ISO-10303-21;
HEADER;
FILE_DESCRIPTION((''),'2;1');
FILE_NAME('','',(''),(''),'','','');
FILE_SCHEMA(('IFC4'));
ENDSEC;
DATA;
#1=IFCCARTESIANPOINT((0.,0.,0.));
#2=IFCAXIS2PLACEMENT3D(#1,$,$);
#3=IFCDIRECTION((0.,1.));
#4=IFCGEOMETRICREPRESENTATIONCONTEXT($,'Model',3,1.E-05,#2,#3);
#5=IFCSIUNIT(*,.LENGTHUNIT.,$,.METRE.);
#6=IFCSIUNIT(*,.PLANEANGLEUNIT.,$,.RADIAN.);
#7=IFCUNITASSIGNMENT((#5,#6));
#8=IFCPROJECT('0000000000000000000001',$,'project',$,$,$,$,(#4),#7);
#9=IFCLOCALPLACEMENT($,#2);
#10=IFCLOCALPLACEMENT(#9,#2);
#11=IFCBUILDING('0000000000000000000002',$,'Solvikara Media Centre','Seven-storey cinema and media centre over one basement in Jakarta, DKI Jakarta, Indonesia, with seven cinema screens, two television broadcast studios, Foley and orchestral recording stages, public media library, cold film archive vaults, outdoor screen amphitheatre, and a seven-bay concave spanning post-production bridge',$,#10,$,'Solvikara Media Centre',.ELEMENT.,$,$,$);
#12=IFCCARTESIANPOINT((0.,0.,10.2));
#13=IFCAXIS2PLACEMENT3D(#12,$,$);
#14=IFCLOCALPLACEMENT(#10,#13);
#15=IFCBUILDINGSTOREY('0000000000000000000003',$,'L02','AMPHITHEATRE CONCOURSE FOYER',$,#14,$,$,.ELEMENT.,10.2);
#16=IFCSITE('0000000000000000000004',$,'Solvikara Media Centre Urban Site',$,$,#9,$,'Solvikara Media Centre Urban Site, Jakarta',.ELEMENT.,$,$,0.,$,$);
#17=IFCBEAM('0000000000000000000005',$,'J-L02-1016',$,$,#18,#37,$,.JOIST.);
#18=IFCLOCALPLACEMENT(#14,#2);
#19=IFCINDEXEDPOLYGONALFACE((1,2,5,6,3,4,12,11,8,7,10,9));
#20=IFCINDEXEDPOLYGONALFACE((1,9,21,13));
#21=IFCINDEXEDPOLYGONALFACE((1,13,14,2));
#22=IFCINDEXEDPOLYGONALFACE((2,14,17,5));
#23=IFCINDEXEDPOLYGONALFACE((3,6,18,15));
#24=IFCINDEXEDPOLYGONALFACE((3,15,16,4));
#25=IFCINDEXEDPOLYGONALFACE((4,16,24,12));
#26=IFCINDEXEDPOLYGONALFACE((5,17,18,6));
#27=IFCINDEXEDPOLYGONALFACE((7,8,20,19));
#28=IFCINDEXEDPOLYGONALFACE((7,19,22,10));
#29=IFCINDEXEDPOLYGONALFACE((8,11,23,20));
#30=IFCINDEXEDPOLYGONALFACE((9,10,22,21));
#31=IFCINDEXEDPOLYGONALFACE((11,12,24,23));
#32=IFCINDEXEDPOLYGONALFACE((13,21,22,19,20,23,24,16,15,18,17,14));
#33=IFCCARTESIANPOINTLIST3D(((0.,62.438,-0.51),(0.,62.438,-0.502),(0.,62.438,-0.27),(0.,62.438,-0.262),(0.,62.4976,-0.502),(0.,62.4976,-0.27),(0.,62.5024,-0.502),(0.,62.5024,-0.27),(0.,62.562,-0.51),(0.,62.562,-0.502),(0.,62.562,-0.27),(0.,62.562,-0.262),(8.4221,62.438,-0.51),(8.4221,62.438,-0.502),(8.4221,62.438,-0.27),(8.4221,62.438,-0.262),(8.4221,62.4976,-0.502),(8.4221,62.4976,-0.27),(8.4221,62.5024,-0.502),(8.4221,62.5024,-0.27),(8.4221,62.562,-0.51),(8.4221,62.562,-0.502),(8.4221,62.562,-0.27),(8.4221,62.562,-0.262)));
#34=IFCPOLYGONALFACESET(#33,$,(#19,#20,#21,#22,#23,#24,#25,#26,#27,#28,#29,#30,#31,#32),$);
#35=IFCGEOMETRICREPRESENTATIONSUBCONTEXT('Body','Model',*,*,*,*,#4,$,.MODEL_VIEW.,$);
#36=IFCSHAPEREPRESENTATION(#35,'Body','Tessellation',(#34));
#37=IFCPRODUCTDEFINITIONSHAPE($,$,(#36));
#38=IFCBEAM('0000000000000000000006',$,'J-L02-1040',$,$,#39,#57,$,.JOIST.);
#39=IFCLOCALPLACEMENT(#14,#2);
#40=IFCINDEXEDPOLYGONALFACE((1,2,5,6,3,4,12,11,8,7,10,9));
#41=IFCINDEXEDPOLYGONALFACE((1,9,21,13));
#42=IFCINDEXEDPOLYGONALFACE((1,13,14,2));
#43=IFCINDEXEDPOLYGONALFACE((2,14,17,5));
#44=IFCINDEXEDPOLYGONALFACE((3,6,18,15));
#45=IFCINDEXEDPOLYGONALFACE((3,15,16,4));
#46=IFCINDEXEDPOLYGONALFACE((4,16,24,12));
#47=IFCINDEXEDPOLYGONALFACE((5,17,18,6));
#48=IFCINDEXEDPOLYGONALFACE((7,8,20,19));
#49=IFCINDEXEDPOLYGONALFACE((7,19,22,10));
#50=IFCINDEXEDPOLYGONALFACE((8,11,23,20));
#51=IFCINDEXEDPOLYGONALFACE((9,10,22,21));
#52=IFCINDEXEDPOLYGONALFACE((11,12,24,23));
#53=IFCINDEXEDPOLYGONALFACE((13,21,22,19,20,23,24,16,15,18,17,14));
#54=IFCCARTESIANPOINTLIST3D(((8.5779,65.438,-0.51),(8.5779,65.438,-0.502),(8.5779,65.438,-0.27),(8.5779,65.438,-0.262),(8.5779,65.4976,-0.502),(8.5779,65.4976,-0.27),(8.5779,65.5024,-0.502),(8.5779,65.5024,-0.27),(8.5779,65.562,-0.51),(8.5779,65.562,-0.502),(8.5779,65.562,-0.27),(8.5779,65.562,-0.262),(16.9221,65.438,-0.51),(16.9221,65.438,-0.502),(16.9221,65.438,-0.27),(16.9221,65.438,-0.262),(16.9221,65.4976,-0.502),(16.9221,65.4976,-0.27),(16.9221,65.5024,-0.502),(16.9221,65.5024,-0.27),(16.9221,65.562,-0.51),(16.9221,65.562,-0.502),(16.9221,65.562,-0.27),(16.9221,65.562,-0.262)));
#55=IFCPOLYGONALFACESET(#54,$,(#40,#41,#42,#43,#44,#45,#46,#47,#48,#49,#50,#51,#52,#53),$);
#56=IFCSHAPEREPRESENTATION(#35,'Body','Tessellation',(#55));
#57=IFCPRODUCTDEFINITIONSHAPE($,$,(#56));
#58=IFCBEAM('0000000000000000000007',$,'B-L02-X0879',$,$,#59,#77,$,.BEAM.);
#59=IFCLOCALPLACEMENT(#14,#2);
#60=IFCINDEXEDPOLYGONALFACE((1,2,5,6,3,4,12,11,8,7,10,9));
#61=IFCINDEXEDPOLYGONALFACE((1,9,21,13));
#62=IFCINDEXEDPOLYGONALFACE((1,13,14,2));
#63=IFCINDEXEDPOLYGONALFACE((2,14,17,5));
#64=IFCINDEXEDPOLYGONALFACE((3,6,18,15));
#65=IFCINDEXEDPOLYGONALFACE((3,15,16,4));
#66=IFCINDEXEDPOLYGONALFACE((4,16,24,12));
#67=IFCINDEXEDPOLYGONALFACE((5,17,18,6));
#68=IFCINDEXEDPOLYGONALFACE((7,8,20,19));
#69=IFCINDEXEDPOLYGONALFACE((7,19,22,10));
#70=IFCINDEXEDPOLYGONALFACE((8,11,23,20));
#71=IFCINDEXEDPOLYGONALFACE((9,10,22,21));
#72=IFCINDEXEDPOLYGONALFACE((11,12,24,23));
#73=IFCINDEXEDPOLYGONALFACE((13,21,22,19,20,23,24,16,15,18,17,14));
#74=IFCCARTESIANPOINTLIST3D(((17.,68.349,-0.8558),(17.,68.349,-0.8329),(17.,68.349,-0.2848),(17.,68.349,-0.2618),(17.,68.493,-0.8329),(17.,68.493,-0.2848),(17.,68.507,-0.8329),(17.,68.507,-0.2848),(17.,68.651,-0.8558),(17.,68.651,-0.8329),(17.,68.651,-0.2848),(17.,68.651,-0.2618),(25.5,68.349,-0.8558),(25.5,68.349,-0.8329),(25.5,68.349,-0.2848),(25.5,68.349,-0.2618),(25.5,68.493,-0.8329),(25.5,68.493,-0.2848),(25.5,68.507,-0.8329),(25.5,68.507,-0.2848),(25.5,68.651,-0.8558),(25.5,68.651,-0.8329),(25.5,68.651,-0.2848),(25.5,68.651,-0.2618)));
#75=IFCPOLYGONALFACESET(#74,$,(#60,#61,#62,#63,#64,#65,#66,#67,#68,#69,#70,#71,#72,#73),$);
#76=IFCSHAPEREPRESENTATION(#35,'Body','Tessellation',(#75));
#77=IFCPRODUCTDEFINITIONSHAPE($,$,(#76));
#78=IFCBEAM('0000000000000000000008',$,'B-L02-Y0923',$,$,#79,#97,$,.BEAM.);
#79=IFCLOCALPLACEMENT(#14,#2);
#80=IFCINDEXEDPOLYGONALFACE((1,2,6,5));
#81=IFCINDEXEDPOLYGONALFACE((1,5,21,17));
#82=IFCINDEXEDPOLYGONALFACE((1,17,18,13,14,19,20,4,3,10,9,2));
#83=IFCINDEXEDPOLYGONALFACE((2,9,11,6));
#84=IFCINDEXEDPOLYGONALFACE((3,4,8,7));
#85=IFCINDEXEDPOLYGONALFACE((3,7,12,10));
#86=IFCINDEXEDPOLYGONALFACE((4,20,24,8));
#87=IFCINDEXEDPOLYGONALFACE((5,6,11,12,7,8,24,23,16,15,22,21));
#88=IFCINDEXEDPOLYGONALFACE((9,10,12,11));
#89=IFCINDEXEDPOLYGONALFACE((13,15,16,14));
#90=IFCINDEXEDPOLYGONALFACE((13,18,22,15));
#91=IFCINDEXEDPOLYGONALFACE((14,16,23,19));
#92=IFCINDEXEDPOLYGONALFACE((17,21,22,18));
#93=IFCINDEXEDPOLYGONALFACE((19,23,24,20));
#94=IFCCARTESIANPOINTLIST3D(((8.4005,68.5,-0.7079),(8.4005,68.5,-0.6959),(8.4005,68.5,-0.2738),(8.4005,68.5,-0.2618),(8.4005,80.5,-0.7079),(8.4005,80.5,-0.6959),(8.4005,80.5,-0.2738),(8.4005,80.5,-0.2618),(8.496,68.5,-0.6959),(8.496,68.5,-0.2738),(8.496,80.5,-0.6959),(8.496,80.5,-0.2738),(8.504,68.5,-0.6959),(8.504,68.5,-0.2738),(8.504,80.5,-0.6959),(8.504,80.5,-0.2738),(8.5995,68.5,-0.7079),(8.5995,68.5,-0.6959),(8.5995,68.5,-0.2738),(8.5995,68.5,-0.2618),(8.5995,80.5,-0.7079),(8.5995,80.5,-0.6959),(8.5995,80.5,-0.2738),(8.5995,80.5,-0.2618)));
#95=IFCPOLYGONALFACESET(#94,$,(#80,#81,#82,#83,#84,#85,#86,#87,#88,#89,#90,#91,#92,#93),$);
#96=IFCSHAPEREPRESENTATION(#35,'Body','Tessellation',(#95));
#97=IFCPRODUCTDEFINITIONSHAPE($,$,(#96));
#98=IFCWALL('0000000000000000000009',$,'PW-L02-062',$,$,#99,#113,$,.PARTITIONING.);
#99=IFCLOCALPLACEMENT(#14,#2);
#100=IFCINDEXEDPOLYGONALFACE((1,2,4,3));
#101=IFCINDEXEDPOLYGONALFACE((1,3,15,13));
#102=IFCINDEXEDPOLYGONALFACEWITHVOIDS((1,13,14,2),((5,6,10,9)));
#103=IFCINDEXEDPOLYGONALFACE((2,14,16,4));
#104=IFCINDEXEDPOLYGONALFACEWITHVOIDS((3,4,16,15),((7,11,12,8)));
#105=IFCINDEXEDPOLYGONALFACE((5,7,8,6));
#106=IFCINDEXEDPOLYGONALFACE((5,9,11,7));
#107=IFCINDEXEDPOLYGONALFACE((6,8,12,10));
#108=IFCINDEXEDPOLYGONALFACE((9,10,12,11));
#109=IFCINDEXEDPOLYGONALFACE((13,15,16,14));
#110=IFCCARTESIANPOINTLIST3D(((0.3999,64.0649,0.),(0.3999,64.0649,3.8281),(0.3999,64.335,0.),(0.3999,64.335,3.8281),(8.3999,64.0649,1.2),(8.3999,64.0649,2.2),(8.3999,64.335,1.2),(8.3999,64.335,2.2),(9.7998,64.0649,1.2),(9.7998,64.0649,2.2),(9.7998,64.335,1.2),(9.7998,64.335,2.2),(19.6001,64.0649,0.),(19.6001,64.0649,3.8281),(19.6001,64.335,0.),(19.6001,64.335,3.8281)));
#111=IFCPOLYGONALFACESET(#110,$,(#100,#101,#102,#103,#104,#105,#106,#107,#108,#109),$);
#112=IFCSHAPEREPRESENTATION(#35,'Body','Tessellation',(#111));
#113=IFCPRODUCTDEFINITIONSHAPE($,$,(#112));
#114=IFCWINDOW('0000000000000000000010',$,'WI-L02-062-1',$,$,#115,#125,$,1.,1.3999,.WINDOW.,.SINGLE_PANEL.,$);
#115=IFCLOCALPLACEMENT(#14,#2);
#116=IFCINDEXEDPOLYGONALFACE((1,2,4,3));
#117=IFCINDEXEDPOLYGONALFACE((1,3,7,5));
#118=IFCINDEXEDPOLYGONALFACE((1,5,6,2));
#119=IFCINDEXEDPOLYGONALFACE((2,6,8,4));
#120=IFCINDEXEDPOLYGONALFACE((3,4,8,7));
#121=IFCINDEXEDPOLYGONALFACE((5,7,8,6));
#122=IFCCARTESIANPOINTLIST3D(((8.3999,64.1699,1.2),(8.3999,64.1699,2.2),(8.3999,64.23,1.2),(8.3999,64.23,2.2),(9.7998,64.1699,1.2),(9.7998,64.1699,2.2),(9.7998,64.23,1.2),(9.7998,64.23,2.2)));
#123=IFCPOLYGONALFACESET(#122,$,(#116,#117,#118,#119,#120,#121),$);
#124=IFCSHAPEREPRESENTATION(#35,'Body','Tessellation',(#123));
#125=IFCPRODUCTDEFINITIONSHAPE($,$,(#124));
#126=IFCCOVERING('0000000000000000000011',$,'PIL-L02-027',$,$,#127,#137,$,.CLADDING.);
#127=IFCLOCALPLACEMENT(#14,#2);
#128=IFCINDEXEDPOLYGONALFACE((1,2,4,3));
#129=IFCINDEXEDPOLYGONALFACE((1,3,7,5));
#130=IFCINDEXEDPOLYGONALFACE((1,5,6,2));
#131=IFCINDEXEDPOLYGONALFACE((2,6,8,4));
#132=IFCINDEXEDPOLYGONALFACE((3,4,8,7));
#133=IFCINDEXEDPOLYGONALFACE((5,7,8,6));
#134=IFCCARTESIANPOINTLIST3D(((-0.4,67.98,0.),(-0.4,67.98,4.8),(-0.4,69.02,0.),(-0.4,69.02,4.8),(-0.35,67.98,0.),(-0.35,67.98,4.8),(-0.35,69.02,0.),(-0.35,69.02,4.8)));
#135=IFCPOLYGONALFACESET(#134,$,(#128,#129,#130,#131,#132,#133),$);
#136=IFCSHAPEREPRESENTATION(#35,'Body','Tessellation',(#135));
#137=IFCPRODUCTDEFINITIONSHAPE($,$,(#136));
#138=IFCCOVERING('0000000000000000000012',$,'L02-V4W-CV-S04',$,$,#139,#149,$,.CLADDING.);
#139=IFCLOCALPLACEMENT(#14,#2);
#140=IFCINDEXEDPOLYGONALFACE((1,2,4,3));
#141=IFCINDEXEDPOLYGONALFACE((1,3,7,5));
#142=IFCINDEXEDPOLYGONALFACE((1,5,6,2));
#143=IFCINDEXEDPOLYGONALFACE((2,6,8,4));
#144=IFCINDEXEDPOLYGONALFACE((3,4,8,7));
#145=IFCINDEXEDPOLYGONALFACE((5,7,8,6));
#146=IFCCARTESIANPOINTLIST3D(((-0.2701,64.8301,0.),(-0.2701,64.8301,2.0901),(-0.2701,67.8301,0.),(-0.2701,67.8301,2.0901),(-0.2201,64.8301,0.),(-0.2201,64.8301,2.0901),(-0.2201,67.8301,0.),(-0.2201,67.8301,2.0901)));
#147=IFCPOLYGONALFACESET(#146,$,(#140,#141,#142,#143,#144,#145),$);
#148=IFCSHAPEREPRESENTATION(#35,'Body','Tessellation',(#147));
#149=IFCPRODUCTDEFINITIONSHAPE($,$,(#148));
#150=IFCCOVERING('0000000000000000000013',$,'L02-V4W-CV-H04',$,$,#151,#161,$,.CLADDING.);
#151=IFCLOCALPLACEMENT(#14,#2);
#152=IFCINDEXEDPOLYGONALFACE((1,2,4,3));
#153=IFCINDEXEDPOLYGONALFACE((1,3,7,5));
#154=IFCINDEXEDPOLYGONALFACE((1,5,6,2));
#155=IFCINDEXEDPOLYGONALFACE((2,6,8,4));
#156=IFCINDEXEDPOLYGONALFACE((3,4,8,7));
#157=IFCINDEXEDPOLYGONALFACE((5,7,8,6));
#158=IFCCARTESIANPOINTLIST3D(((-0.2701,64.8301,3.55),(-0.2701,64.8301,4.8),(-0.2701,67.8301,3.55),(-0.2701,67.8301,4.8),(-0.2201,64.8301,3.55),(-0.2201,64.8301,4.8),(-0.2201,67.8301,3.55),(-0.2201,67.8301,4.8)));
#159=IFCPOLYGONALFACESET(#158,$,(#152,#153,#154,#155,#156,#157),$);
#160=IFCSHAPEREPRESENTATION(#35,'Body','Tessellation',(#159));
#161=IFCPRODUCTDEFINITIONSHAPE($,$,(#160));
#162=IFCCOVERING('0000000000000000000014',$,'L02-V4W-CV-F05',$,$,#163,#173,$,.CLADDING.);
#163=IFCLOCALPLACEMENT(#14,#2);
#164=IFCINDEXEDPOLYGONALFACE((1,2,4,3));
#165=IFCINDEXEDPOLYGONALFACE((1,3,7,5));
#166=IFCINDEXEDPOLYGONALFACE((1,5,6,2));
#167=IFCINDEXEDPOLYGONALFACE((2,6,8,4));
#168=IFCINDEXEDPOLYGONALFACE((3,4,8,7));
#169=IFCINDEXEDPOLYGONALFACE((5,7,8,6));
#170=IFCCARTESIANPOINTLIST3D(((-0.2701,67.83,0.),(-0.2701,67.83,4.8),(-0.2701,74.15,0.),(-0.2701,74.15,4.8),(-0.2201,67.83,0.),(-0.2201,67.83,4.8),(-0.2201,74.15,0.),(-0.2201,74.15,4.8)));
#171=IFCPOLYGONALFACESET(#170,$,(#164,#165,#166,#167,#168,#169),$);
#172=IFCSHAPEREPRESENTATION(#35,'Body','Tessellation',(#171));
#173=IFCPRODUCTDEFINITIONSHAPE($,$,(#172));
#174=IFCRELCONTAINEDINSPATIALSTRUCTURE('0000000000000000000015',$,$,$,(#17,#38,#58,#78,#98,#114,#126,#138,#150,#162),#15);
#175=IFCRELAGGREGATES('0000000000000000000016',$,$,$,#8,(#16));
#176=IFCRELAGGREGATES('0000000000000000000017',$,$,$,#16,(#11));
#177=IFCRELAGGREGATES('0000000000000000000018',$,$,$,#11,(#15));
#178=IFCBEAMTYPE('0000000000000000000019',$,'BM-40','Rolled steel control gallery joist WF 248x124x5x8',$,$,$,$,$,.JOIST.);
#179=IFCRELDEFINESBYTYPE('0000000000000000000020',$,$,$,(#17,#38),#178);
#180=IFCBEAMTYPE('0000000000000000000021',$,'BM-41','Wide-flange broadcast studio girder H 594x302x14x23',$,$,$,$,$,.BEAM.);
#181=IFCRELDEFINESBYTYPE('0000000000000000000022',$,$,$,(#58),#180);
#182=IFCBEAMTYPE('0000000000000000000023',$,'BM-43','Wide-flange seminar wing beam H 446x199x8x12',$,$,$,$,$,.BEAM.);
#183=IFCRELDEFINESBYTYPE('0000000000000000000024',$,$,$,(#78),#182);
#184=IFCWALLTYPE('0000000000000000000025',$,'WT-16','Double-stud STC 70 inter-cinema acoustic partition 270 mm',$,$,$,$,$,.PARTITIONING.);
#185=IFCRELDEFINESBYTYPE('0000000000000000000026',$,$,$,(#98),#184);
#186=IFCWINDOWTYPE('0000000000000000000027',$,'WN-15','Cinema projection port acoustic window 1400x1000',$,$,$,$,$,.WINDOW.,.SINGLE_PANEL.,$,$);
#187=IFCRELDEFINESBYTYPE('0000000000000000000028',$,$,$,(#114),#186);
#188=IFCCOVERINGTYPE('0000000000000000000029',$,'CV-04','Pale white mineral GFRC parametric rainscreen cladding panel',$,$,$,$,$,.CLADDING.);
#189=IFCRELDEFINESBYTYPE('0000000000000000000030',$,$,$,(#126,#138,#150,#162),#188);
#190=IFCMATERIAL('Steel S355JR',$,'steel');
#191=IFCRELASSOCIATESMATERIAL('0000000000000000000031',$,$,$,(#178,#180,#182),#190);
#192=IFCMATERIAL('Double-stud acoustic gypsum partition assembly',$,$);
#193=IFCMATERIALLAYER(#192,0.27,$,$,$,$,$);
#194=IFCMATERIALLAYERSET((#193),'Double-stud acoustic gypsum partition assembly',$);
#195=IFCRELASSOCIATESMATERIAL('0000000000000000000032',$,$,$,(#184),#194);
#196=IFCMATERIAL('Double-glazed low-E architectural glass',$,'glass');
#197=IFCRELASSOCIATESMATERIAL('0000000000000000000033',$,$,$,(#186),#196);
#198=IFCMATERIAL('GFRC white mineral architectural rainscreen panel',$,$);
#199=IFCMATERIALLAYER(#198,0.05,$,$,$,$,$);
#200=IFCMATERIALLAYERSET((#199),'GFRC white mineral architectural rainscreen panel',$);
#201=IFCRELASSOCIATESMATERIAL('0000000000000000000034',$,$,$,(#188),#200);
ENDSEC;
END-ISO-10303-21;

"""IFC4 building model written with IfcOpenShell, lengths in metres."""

from ifc_helpers import new_model, si_unit, direction, frame, frame_2d, origin, origin_2d, place, context, subcontext, project, spatial, rectangle, i_section, extrude, material, layer, layer_set, material_profile, profile_set, type_object, element, fill, save


model = new_model("IFC4")

# Units and contexts
model_context = context("Model", 3, precision=1e-05, world=origin(), true_north=direction((0.0, 1.0)))
body_context = subcontext(model_context, "Body", "Model", "MODEL_VIEW")
ifc_project = project(units=[si_unit("LENGTHUNIT", "METRE"), si_unit("PLANEANGLEUNIT", "RADIAN")], contexts=[model_context])

# Site, building, storey
site_placement = place(None, origin())
site = spatial("IfcSite", under=ifc_project, at=site_placement, Name="Solvikara Media Centre Urban Site", LongName="Solvikara Media Centre Urban Site, Jakarta", CompositionType="ELEMENT", RefElevation=0.0)
building_placement = place(site_placement, origin())
building = spatial("IfcBuilding", under=site, at=building_placement, Name="Solvikara Media Centre", Description="Seven-storey cinema and media centre over one basement in Jakarta, DKI Jakarta, Indonesia, with seven cinema screens, two television broadcast studios, Foley and orchestral recording stages, public media library, cold film archive vaults, outdoor screen amphitheatre, and a seven-bay concave spanning post-production bridge", LongName="Solvikara Media Centre", CompositionType="ELEMENT")
storey_placement = place(building_placement, frame((0.0, 0.0, 10.2)))
storey = spatial("IfcBuildingStorey", under=building, at=storey_placement, Name="L02", Description="AMPHITHEATRE CONCOURSE FOYER", CompositionType="ELEMENT", Elevation=10.2)

# Beams
ifc_material_1 = material(Name="Steel S355JR", Category="steel")
ifc_material_profile_1 = material_profile(ifc_material_1, i_section(OverallWidth=0.124, OverallDepth=0.248, WebThickness=0.0049, FlangeThickness=0.0081, at=origin_2d()), Name="WF 248x124x5x8")
ifc_profile_set_1 = profile_set([ifc_material_profile_1], Name="Steel S355JR")
beam_type_1 = type_object("IfcBeamType", Name="BM-40", Description="Rolled steel control gallery joist WF 248x124x5x8", PredefinedType="JOIST", material=ifc_profile_set_1)
beam_1_placement = place(storey_placement, frame((0.0, 62.5, -0.386), z_axis=(1.0, 0.0, 0.0), x_axis=(0.0, 1.0, 0.0)))
element("IfcBeam", 1, at=beam_1_placement, inside=storey, type_object=beam_type_1, Name="J-L02-1016", PredefinedType="JOIST", context=body_context, shape_type="SweptSolid", body=[
    extrude(i_section(OverallWidth=0.124, OverallDepth=0.248, WebThickness=0.0049, FlangeThickness=0.0081, at=origin_2d()), origin(), (0.0, 0.0, 1.0), 8.4221),
])
beam_2_placement = place(storey_placement, frame((8.5779, 65.5, -0.386), z_axis=(1.0, 0.0, 0.0), x_axis=(0.0, 1.0, 0.0)))
element("IfcBeam", 2, at=beam_2_placement, inside=storey, type_object=beam_type_1, Name="J-L02-1040", PredefinedType="JOIST", context=body_context, shape_type="SweptSolid", body=[
    extrude(i_section(OverallWidth=0.124, OverallDepth=0.248, WebThickness=0.0049, FlangeThickness=0.0081, at=origin_2d()), origin(), (0.0, 0.0, 1.0), 8.3442),
])
ifc_material_profile_2 = material_profile(ifc_material_1, i_section(OverallWidth=0.302, OverallDepth=0.594, WebThickness=0.0139, FlangeThickness=0.0229, at=origin_2d()), Name="H 594x302x14x23")
ifc_profile_set_2 = profile_set([ifc_material_profile_2], Name="Steel S355JR")
beam_type_2 = type_object("IfcBeamType", Name="BM-41", Description="Wide-flange broadcast studio girder H 594x302x14x23", PredefinedType="BEAM", material=ifc_profile_set_2)
beam_3_placement = place(storey_placement, frame((17.0, 68.5, -0.5588), z_axis=(1.0, 0.0, 0.0), x_axis=(0.0, 1.0, 0.0)))
element("IfcBeam", 3, at=beam_3_placement, inside=storey, type_object=beam_type_2, Name="B-L02-X0879", PredefinedType="BEAM", context=body_context, shape_type="SweptSolid", body=[
    extrude(i_section(OverallWidth=0.302, OverallDepth=0.594, WebThickness=0.0139, FlangeThickness=0.0229, at=origin_2d()), origin(), (0.0, 0.0, 1.0), 8.5),
])
ifc_material_profile_3 = material_profile(ifc_material_1, i_section(OverallWidth=0.199, OverallDepth=0.446, WebThickness=0.0081, FlangeThickness=0.012, at=origin_2d()), Name="H 446x199x8x12")
ifc_profile_set_3 = profile_set([ifc_material_profile_3], Name="Steel S355JR")
beam_type_3 = type_object("IfcBeamType", Name="BM-43", Description="Wide-flange seminar wing beam H 446x199x8x12", PredefinedType="BEAM", material=ifc_profile_set_3)
beam_4_placement = place(storey_placement, frame((8.5, 68.5, -0.4849), z_axis=(0.0, 1.0, 0.0), x_axis=(-1.0, 0.0, 0.0)))
element("IfcBeam", 4, at=beam_4_placement, inside=storey, type_object=beam_type_3, Name="B-L02-Y0923", PredefinedType="BEAM", context=body_context, shape_type="SweptSolid", body=[
    extrude(i_section(OverallWidth=0.199, OverallDepth=0.446, WebThickness=0.0081, FlangeThickness=0.012, at=origin_2d()), origin(), (0.0, 0.0, 1.0), 12.0),
])

# Wall, opening, window
ifc_material_2 = material(Name="Double-stud acoustic gypsum partition assembly")
ifc_layer_1 = layer(ifc_material_2, 0.27)
ifc_layer_set_1 = layer_set([ifc_layer_1], Name="Double-stud acoustic gypsum partition assembly")
wall_type = type_object("IfcWallType", Name="WT-16", Description="Double-stud STC 70 inter-cinema acoustic partition 270 mm", PredefinedType="PARTITIONING", material=ifc_layer_set_1)
wall_placement = place(storey_placement, frame((0.3999, 64.2, 0.0), z_axis=(0.0, 0.0, 1.0), x_axis=(1.0, 0.0, 0.0)))
wall = element("IfcWall", 5, at=wall_placement, inside=storey, type_object=wall_type, Name="PW-L02-062", PredefinedType="PARTITIONING", context=body_context, shape_type="SweptSolid", body=[
    extrude(rectangle(XDim=19.2002, YDim=0.27, at=frame_2d((9.6001, 0.0))), origin(), (0.0, 0.0, 1.0), 3.8281),
])
opening_placement = place(wall_placement, frame((8.0, 0.0, 1.2)))
opening = element("IfcOpeningElement", 6, at=opening_placement, cuts=wall, PredefinedType="OPENING", context=body_context, shape_type="SweptSolid", body=[
    extrude(rectangle(XDim=1.3999, YDim=1.0, at=frame_2d((0.7, 0.5))), frame((0.0, 0.147, 0.0), z_axis=(0.0, -1.0, 0.0), x_axis=(1.0, 0.0, 0.0)), (0.0, 0.0, 1.0), 0.2939),
])
ifc_material_3 = material(Name="Double-glazed low-E architectural glass", Category="glass")
window_type = type_object("IfcWindowType", Name="WN-15", Description="Cinema projection port acoustic window 1400x1000", PartitioningType="SINGLE_PANEL", PredefinedType="WINDOW", material=ifc_material_3)
window_placement = place(opening_placement, origin())
window = element("IfcWindow", 7, at=window_placement, inside=storey, type_object=window_type, Name="WI-L02-062-1", OverallHeight=1.0, OverallWidth=1.3999, PartitioningType="SINGLE_PANEL", PredefinedType="WINDOW", context=body_context, shape_type="SweptSolid", body=[
    extrude(rectangle(XDim=1.3999, YDim=1.0, at=frame_2d((0.7, 0.5))), frame((0.0, 0.03, 0.0), z_axis=(0.0, -1.0, 0.0), x_axis=(1.0, 0.0, 0.0)), (0.0, 0.0, 1.0), 0.0601),
])
fill(opening, window)

# Coverings
ifc_material_4 = material(Name="GFRC white mineral architectural rainscreen panel")
ifc_layer_2 = layer(ifc_material_4, 0.05)
ifc_layer_set_2 = layer_set([ifc_layer_2], Name="GFRC white mineral architectural rainscreen panel")
covering_type = type_object("IfcCoveringType", Name="CV-04", Description="Pale white mineral GFRC parametric rainscreen cladding panel", PredefinedType="CLADDING", material=ifc_layer_set_2)
covering_1_placement = place(storey_placement, frame((-0.375, 68.5, 0.0), z_axis=(0.0, 0.0, 1.0), x_axis=(0.0, -1.0, 0.0)))
element("IfcCovering", 8, at=covering_1_placement, inside=storey, type_object=covering_type, Name="PIL-L02-027", PredefinedType="CLADDING", context=body_context, shape_type="SweptSolid", body=[
    extrude(rectangle(XDim=1.04, YDim=0.05, at=origin_2d()), origin(), (0.0, 0.0, 1.0), 4.8),
])
covering_2_placement = place(storey_placement, frame((-0.2451, 66.3301, 0.0), z_axis=(0.0, 0.0, 1.0), x_axis=(0.0, 1.0, 0.0)))
element("IfcCovering", 9, at=covering_2_placement, inside=storey, type_object=covering_type, Name="L02-V4W-CV-S04", PredefinedType="CLADDING", context=body_context, shape_type="SweptSolid", body=[
    extrude(rectangle(XDim=3.0, YDim=0.05, at=origin_2d()), origin(), (0.0, 0.0, 1.0), 2.0901),
])
covering_3_placement = place(storey_placement, frame((-0.2451, 66.3301, 3.55), z_axis=(0.0, 0.0, 1.0), x_axis=(0.0, 1.0, 0.0)))
element("IfcCovering", 10, at=covering_3_placement, inside=storey, type_object=covering_type, Name="L02-V4W-CV-H04", PredefinedType="CLADDING", context=body_context, shape_type="SweptSolid", body=[
    extrude(rectangle(XDim=3.0, YDim=0.05, at=origin_2d()), origin(), (0.0, 0.0, 1.0), 1.25),
])
covering_4_placement = place(storey_placement, frame((-0.2451, 70.99, 0.0), z_axis=(0.0, 0.0, 1.0), x_axis=(0.0, 1.0, 0.0)))
element("IfcCovering", 11, at=covering_4_placement, inside=storey, type_object=covering_type, Name="L02-V4W-CV-F05", PredefinedType="CLADDING", context=body_context, shape_type="SweptSolid", body=[
    extrude(rectangle(XDim=6.3201, YDim=0.05, at=origin_2d()), origin(), (0.0, 0.0, 1.0), 4.8),
])

save(model, "model.ifc")
